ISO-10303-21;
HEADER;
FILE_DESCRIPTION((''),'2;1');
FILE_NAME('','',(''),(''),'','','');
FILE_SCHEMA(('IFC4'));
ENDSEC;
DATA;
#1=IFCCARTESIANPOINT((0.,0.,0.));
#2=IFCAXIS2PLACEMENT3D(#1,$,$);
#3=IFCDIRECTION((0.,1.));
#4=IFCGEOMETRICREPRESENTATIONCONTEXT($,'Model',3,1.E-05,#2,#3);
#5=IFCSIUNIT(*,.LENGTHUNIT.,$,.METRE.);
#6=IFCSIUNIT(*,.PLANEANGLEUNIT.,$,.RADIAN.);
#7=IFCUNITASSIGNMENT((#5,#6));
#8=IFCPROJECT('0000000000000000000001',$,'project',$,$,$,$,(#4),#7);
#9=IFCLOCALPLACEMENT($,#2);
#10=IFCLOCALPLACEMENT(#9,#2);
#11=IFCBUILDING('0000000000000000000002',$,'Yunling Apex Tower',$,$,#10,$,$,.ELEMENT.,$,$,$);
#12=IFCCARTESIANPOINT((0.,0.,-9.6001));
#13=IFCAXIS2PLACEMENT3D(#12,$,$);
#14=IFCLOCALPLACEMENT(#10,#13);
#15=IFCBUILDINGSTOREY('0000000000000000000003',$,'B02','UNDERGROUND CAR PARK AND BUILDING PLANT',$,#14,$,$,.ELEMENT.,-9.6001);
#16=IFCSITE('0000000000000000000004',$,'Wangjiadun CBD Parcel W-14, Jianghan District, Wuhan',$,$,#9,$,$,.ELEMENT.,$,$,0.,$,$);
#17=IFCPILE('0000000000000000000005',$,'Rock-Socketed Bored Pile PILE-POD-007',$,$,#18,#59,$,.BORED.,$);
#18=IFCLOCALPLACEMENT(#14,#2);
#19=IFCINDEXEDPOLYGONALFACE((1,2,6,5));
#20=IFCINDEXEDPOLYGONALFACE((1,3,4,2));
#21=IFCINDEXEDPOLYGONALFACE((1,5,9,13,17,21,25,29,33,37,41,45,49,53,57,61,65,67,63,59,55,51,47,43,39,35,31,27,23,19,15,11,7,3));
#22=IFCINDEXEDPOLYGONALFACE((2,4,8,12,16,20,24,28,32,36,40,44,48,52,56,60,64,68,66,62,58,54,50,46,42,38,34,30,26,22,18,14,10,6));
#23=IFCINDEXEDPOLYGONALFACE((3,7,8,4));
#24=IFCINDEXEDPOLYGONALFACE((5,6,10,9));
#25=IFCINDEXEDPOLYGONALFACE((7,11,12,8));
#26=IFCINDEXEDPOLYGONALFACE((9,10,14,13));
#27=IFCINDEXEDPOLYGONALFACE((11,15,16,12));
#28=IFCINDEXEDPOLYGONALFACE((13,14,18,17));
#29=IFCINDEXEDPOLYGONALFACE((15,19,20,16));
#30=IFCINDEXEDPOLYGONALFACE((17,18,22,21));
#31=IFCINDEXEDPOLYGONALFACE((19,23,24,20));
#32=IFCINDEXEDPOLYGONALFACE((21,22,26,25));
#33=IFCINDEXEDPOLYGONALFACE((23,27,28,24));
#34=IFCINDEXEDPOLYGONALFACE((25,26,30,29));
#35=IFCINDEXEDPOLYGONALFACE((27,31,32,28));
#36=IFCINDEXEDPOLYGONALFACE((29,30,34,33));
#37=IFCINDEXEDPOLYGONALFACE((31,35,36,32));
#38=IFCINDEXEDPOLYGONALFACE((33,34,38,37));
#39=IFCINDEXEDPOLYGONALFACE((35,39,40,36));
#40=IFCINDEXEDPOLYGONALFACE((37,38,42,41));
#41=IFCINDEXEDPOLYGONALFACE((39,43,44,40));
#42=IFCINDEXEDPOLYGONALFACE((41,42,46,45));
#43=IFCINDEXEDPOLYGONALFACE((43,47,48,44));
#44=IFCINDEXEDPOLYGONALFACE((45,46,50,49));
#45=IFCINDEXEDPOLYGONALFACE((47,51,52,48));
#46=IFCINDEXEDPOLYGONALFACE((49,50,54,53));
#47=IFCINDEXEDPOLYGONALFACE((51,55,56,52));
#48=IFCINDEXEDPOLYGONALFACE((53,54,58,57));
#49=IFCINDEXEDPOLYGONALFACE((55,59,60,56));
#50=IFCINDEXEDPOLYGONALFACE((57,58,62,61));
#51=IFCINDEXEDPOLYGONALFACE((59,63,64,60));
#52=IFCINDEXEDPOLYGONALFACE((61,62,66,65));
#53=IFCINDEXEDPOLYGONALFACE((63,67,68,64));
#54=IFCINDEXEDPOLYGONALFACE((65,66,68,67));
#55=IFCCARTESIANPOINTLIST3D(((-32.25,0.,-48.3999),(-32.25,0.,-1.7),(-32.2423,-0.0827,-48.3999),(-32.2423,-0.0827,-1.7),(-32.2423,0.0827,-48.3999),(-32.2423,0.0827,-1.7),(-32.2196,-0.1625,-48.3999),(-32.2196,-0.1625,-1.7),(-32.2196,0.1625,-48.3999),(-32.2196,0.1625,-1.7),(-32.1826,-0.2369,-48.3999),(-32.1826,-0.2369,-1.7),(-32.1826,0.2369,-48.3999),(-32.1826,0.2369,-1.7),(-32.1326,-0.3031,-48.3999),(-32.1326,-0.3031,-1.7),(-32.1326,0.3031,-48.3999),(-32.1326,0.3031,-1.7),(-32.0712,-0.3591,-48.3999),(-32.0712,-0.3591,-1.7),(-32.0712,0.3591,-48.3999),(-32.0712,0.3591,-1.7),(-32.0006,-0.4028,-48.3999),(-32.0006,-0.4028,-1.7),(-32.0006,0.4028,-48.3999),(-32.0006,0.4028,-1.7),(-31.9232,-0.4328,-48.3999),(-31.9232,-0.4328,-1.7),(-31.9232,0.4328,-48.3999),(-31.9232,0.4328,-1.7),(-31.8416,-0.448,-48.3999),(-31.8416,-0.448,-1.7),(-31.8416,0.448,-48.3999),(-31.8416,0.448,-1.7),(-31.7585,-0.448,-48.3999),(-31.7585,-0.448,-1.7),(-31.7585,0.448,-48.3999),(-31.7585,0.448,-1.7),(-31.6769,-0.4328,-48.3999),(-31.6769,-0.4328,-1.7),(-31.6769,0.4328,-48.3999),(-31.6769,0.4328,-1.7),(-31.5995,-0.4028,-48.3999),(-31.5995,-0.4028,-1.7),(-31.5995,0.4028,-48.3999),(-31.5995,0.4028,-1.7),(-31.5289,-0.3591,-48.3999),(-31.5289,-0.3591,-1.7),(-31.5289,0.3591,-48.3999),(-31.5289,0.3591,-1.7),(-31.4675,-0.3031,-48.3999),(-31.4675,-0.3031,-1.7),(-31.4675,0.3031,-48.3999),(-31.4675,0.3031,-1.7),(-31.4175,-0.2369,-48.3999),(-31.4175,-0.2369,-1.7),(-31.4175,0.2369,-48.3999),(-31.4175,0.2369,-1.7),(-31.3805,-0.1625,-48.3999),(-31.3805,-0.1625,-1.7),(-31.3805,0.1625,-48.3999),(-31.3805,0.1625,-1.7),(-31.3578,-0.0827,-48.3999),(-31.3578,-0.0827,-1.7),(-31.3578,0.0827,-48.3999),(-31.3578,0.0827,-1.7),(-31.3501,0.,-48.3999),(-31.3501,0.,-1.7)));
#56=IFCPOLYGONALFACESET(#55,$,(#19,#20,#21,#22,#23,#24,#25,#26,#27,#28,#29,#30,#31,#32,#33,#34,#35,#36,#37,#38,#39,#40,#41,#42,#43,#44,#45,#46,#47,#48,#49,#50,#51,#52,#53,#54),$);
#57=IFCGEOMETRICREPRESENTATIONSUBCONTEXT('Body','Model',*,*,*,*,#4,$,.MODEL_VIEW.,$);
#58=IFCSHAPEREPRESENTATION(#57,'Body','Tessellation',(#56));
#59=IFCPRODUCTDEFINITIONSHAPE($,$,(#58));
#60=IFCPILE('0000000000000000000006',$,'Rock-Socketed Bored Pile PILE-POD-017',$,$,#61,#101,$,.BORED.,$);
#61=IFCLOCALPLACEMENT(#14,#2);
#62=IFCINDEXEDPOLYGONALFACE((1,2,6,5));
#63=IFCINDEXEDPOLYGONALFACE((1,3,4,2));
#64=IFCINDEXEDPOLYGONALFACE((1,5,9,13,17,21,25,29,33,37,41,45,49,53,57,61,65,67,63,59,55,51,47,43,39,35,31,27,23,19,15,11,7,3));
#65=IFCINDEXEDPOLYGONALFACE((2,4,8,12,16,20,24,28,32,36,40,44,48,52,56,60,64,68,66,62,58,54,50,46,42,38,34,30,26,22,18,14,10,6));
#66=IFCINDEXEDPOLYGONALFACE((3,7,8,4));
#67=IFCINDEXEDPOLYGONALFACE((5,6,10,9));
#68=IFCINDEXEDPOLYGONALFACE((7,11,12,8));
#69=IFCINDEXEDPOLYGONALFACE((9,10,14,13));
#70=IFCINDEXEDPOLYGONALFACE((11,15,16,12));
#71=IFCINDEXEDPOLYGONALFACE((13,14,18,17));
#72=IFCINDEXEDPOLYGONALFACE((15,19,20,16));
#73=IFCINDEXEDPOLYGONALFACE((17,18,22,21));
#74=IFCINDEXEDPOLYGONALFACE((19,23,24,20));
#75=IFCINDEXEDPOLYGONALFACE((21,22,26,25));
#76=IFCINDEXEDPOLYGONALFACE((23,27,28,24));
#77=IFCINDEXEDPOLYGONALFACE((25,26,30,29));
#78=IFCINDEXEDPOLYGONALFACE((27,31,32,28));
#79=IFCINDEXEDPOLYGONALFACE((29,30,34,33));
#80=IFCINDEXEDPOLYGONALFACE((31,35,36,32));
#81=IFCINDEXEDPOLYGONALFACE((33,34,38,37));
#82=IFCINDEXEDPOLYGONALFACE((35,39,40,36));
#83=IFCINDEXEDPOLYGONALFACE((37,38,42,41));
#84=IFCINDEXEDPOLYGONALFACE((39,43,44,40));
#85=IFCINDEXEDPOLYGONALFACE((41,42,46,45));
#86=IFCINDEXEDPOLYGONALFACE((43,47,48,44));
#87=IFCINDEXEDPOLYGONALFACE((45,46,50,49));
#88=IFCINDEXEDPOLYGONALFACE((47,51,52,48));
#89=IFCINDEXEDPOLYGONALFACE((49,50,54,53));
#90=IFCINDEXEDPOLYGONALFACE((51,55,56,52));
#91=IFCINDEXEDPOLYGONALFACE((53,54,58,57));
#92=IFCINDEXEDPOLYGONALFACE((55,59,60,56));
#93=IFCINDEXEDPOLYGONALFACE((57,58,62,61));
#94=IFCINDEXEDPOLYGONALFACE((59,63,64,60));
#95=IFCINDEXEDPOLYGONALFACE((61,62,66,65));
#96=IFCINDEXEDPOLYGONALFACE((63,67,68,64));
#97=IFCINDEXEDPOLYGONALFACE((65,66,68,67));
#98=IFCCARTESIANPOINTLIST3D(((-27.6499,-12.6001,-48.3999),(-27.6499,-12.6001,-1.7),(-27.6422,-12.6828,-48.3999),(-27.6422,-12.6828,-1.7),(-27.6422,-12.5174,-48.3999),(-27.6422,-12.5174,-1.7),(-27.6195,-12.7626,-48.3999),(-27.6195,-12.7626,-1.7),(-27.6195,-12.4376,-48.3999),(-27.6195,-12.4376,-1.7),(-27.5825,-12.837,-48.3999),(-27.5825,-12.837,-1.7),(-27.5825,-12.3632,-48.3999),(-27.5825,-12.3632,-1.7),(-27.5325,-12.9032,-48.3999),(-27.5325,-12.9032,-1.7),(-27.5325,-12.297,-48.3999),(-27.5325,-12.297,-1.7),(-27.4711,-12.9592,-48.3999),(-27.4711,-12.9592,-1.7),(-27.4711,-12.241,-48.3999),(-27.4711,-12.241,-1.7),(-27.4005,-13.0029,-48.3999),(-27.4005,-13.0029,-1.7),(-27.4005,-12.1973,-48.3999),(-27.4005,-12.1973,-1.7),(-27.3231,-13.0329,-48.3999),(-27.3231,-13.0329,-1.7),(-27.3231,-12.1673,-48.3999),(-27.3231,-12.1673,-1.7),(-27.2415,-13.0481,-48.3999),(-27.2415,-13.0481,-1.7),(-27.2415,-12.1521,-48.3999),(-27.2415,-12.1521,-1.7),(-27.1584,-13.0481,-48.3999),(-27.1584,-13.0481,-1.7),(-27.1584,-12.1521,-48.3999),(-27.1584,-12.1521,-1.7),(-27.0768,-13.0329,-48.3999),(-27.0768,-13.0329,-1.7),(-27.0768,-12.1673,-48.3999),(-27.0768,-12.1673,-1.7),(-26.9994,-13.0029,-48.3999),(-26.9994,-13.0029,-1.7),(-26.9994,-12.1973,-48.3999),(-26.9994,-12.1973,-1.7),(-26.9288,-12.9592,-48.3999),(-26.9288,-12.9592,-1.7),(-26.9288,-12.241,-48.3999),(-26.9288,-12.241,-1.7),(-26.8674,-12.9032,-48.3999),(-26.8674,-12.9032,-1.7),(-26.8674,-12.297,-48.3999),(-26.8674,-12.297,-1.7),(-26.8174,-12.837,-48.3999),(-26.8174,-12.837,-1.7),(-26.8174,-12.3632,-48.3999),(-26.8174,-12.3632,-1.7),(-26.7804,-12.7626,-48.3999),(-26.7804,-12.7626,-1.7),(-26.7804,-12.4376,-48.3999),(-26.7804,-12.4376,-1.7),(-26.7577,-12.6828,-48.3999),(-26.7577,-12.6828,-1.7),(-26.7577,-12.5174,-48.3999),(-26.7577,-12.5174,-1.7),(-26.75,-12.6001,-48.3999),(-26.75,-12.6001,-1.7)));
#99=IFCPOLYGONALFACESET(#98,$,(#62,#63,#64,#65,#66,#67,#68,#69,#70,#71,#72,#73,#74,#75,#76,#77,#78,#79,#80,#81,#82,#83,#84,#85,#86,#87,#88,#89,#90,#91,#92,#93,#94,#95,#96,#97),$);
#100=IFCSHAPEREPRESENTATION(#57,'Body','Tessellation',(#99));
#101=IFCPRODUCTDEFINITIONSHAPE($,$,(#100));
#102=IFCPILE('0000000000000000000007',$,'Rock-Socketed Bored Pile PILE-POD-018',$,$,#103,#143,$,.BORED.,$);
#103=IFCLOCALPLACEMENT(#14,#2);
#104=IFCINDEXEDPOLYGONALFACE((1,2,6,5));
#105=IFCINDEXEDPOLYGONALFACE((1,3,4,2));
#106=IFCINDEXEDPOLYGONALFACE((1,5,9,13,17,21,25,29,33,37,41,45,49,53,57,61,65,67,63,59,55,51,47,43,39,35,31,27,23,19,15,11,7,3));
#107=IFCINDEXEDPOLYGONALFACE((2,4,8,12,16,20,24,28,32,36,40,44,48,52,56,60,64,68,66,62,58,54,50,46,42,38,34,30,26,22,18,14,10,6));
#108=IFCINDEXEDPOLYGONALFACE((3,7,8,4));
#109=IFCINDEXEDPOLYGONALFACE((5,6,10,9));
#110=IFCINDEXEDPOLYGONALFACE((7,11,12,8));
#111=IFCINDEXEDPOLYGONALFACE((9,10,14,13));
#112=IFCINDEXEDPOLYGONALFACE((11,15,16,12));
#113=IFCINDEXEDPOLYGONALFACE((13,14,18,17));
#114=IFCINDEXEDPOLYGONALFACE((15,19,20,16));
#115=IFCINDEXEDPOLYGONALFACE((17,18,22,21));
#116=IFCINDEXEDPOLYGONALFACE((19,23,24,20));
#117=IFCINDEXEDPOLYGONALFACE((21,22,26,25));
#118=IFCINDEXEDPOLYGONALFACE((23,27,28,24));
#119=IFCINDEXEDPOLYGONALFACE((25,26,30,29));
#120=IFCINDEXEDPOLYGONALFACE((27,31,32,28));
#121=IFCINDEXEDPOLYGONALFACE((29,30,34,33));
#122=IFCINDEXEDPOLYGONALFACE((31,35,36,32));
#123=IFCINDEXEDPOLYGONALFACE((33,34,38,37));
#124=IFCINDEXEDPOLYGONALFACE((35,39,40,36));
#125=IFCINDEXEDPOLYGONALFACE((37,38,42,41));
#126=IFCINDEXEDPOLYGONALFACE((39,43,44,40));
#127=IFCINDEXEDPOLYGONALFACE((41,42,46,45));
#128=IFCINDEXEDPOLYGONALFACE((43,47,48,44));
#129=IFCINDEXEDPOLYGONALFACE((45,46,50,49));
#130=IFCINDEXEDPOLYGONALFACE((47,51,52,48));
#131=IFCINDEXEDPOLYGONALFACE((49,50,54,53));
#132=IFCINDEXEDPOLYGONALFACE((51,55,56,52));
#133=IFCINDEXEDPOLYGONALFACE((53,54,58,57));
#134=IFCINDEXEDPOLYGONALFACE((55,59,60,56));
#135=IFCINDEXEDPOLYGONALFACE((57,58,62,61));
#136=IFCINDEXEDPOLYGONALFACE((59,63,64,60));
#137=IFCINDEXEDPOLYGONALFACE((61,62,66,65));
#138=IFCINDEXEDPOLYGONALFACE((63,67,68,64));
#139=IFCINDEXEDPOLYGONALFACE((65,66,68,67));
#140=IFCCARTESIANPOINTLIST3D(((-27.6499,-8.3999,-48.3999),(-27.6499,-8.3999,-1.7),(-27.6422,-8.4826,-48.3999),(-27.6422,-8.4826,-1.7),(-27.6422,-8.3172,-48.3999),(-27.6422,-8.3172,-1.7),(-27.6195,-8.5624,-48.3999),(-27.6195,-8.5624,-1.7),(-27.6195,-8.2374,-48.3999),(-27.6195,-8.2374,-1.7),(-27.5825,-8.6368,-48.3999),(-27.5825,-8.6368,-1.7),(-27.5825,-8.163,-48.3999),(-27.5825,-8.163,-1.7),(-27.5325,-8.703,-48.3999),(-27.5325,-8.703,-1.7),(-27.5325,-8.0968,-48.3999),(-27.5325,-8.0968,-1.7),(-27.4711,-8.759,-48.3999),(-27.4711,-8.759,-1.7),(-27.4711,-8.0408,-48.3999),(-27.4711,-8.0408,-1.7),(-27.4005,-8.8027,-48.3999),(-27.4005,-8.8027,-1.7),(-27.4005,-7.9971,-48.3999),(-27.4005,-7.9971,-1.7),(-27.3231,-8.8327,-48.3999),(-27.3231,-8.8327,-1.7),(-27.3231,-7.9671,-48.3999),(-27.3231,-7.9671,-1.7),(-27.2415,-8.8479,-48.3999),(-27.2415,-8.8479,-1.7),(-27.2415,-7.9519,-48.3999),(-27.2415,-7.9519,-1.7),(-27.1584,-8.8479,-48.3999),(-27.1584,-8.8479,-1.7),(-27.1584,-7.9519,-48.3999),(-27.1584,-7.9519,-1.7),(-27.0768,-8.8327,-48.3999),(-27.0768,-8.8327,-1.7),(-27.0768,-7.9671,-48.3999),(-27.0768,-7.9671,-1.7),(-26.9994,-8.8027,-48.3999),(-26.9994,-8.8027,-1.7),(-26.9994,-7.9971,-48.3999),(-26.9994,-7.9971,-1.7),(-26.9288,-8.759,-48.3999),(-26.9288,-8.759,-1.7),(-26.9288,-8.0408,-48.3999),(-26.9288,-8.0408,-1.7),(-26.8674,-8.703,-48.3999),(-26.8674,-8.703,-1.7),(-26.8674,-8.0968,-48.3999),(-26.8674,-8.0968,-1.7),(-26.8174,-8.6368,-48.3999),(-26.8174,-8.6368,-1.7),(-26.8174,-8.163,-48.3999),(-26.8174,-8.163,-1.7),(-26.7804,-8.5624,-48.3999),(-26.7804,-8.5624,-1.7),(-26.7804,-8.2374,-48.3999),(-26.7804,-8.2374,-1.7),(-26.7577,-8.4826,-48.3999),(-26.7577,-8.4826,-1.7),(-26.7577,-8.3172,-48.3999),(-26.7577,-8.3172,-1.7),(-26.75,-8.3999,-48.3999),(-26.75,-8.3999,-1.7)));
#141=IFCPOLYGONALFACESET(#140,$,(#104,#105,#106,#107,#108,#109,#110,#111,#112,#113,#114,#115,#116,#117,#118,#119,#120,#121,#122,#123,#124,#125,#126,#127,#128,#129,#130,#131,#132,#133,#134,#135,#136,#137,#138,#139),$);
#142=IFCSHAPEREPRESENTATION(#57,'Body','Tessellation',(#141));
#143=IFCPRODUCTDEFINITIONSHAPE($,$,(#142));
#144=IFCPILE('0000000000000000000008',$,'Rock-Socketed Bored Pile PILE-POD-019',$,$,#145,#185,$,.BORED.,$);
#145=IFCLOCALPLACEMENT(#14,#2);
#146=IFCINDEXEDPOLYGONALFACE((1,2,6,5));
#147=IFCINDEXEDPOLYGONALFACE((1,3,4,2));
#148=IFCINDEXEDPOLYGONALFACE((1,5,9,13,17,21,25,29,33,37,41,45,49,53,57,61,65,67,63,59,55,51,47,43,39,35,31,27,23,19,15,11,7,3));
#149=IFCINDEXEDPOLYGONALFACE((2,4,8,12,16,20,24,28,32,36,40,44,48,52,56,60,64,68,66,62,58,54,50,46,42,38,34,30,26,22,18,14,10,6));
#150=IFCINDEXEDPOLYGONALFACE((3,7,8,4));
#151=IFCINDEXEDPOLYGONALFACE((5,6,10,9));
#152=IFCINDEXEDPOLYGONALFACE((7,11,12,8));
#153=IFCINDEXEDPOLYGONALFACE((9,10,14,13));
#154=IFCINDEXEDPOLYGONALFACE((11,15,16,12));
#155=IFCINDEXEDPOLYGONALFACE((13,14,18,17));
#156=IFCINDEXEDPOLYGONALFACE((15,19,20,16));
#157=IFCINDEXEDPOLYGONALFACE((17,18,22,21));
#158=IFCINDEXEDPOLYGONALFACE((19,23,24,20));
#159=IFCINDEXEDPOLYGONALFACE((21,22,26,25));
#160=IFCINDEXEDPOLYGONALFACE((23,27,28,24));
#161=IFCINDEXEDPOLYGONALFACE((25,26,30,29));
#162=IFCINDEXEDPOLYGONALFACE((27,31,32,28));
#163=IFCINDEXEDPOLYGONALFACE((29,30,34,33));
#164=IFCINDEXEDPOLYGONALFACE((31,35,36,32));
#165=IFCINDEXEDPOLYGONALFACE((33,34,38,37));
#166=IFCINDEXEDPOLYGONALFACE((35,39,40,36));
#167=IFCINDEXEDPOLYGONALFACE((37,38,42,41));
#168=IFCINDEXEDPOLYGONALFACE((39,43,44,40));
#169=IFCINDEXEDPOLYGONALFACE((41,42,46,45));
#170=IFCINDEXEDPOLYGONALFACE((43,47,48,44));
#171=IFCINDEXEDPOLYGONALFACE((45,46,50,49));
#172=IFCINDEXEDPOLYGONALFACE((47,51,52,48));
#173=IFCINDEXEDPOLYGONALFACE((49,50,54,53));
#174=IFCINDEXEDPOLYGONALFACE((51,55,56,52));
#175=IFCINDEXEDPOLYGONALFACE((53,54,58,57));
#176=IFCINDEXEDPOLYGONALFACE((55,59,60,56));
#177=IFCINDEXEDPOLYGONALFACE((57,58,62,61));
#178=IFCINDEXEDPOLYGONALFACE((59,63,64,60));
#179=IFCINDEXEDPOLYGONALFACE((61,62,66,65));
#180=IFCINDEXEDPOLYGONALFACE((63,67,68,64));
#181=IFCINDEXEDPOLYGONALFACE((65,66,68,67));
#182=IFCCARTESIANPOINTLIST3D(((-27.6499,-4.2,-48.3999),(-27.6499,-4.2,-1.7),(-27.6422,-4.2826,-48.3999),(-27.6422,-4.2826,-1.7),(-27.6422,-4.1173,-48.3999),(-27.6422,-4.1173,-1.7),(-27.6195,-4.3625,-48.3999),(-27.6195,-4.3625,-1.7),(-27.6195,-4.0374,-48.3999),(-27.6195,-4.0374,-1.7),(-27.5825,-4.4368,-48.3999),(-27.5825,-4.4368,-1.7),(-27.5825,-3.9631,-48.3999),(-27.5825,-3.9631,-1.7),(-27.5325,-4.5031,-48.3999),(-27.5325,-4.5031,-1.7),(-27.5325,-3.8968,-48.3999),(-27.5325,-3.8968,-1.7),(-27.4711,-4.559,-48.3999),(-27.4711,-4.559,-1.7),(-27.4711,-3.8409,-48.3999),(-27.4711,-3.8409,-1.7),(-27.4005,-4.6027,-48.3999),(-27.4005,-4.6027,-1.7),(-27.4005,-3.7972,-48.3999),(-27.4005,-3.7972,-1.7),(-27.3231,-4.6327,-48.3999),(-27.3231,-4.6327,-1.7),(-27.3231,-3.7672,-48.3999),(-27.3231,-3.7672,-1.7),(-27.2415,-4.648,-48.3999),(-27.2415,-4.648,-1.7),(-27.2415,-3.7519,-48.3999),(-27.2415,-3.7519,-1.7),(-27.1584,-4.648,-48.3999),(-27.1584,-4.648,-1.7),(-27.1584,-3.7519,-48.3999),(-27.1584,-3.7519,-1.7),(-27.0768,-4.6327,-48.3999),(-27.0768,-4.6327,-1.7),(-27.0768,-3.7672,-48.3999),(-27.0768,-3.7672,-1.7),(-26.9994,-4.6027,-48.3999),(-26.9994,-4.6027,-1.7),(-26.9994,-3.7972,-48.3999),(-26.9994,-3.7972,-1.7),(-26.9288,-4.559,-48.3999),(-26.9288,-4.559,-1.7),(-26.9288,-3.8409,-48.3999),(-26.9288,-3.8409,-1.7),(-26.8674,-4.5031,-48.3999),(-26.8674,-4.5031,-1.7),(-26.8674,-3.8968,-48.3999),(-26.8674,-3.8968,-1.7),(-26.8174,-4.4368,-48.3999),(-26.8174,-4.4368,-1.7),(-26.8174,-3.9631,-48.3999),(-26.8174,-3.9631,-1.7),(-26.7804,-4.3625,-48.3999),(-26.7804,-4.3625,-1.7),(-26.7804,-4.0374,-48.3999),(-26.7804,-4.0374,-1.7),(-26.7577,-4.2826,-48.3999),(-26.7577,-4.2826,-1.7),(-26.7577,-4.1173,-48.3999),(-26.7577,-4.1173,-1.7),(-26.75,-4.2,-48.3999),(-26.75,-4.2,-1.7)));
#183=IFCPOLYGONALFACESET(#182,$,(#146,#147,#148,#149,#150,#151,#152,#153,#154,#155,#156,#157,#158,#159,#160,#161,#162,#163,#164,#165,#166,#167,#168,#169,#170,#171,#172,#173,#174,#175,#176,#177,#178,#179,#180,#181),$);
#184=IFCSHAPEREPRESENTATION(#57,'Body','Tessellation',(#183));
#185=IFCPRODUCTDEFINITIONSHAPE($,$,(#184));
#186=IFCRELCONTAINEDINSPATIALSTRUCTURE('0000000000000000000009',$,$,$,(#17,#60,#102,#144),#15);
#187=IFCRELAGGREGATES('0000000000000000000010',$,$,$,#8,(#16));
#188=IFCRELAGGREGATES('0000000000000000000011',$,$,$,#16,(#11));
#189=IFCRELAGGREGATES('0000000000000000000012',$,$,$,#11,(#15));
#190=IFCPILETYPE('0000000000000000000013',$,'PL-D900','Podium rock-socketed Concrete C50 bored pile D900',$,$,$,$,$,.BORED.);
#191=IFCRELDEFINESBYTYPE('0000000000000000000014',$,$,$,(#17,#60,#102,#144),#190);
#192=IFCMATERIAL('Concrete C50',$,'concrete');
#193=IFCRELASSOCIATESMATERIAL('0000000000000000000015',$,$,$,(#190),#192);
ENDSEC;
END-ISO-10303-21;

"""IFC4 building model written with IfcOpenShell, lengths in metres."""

from ifc_helpers import new_model, si_unit, direction, frame, origin, origin_2d, place, context, subcontext, project, spatial, circle, extrude, source, transform, mapped, material, material_profile, profile_set, type_object, element, save


model = new_model("IFC4")

# Units and contexts
model_context = context("Model", 3, precision=1e-05, world=origin(), true_north=direction((0.0, 1.0)))
body_context = subcontext(model_context, "Body", "Model", "MODEL_VIEW")
ifc_project = project(units=[si_unit("LENGTHUNIT", "METRE"), si_unit("PLANEANGLEUNIT", "RADIAN")], contexts=[model_context])

# Site, building, storey
site_placement = place(None, origin())
site = spatial("IfcSite", under=ifc_project, at=site_placement, Name="Wangjiadun CBD Parcel W-14, Jianghan District, Wuhan", CompositionType="ELEMENT", RefElevation=0.0)
building_placement = place(site_placement, origin())
building = spatial("IfcBuilding", under=site, at=building_placement, Name="Yunling Apex Tower", CompositionType="ELEMENT")
storey_placement = place(building_placement, frame((0.0, 0.0, -9.6001)))
storey = spatial("IfcBuildingStorey", under=building, at=storey_placement, Name="B02", Description="UNDERGROUND CAR PARK AND BUILDING PLANT", CompositionType="ELEMENT", Elevation=-9.6001)

# Shared definitions
ifc_material_1 = material(Name="Concrete C50", Category="concrete")

# Piles
ifc_material_profile_1 = material_profile(ifc_material_1, circle(Radius=0.45, at=origin_2d()))
ifc_profile_set_1 = profile_set([ifc_material_profile_1], Name="Concrete C50")
pile_type_1 = type_object("IfcPileType", Name="PL-D900", Description="Podium rock-socketed Concrete C50 bored pile D900", PredefinedType="BORED", material=ifc_profile_set_1)
shared_shape_1 = source(origin(), body_context, "Body", "SweptSolid", [
    extrude(circle(Radius=0.45, at=origin_2d()), origin(), (0.0, 0.0, 1.0), 46.7),
])
for number, where, z_axis, x_axis, name in (
    (1, (-31.8, 0.0, -1.7), (0.0, 0.0, -1.0), (1.0, 0.0, 0.0), "Rock-Socketed Bored Pile PILE-POD-007"),
    (2, (-27.2, -12.6001, -1.7), (0.0, 0.0, -1.0), (1.0, 0.0, 0.0), "Rock-Socketed Bored Pile PILE-POD-017"),
    (3, (-27.2, -8.3999, -1.7), (0.0, 0.0, -1.0), (1.0, 0.0, 0.0), "Rock-Socketed Bored Pile PILE-POD-018"),
    (4, (-27.2, -4.2, -1.7), (0.0, 0.0, -1.0), (1.0, 0.0, 0.0), "Rock-Socketed Bored Pile PILE-POD-019"),
):
    element("IfcPile", number, at=place(storey_placement, frame(where, z_axis=z_axis, x_axis=x_axis)), inside=storey, type_object=pile_type_1, Name=name, PredefinedType="BORED", context=body_context, shape_type="MappedRepresentation", body=[
        mapped(shared_shape_1, transform((0.0, 0.0, 0.0), scale=1.0)),
    ])

save(model, "model.ifc")
